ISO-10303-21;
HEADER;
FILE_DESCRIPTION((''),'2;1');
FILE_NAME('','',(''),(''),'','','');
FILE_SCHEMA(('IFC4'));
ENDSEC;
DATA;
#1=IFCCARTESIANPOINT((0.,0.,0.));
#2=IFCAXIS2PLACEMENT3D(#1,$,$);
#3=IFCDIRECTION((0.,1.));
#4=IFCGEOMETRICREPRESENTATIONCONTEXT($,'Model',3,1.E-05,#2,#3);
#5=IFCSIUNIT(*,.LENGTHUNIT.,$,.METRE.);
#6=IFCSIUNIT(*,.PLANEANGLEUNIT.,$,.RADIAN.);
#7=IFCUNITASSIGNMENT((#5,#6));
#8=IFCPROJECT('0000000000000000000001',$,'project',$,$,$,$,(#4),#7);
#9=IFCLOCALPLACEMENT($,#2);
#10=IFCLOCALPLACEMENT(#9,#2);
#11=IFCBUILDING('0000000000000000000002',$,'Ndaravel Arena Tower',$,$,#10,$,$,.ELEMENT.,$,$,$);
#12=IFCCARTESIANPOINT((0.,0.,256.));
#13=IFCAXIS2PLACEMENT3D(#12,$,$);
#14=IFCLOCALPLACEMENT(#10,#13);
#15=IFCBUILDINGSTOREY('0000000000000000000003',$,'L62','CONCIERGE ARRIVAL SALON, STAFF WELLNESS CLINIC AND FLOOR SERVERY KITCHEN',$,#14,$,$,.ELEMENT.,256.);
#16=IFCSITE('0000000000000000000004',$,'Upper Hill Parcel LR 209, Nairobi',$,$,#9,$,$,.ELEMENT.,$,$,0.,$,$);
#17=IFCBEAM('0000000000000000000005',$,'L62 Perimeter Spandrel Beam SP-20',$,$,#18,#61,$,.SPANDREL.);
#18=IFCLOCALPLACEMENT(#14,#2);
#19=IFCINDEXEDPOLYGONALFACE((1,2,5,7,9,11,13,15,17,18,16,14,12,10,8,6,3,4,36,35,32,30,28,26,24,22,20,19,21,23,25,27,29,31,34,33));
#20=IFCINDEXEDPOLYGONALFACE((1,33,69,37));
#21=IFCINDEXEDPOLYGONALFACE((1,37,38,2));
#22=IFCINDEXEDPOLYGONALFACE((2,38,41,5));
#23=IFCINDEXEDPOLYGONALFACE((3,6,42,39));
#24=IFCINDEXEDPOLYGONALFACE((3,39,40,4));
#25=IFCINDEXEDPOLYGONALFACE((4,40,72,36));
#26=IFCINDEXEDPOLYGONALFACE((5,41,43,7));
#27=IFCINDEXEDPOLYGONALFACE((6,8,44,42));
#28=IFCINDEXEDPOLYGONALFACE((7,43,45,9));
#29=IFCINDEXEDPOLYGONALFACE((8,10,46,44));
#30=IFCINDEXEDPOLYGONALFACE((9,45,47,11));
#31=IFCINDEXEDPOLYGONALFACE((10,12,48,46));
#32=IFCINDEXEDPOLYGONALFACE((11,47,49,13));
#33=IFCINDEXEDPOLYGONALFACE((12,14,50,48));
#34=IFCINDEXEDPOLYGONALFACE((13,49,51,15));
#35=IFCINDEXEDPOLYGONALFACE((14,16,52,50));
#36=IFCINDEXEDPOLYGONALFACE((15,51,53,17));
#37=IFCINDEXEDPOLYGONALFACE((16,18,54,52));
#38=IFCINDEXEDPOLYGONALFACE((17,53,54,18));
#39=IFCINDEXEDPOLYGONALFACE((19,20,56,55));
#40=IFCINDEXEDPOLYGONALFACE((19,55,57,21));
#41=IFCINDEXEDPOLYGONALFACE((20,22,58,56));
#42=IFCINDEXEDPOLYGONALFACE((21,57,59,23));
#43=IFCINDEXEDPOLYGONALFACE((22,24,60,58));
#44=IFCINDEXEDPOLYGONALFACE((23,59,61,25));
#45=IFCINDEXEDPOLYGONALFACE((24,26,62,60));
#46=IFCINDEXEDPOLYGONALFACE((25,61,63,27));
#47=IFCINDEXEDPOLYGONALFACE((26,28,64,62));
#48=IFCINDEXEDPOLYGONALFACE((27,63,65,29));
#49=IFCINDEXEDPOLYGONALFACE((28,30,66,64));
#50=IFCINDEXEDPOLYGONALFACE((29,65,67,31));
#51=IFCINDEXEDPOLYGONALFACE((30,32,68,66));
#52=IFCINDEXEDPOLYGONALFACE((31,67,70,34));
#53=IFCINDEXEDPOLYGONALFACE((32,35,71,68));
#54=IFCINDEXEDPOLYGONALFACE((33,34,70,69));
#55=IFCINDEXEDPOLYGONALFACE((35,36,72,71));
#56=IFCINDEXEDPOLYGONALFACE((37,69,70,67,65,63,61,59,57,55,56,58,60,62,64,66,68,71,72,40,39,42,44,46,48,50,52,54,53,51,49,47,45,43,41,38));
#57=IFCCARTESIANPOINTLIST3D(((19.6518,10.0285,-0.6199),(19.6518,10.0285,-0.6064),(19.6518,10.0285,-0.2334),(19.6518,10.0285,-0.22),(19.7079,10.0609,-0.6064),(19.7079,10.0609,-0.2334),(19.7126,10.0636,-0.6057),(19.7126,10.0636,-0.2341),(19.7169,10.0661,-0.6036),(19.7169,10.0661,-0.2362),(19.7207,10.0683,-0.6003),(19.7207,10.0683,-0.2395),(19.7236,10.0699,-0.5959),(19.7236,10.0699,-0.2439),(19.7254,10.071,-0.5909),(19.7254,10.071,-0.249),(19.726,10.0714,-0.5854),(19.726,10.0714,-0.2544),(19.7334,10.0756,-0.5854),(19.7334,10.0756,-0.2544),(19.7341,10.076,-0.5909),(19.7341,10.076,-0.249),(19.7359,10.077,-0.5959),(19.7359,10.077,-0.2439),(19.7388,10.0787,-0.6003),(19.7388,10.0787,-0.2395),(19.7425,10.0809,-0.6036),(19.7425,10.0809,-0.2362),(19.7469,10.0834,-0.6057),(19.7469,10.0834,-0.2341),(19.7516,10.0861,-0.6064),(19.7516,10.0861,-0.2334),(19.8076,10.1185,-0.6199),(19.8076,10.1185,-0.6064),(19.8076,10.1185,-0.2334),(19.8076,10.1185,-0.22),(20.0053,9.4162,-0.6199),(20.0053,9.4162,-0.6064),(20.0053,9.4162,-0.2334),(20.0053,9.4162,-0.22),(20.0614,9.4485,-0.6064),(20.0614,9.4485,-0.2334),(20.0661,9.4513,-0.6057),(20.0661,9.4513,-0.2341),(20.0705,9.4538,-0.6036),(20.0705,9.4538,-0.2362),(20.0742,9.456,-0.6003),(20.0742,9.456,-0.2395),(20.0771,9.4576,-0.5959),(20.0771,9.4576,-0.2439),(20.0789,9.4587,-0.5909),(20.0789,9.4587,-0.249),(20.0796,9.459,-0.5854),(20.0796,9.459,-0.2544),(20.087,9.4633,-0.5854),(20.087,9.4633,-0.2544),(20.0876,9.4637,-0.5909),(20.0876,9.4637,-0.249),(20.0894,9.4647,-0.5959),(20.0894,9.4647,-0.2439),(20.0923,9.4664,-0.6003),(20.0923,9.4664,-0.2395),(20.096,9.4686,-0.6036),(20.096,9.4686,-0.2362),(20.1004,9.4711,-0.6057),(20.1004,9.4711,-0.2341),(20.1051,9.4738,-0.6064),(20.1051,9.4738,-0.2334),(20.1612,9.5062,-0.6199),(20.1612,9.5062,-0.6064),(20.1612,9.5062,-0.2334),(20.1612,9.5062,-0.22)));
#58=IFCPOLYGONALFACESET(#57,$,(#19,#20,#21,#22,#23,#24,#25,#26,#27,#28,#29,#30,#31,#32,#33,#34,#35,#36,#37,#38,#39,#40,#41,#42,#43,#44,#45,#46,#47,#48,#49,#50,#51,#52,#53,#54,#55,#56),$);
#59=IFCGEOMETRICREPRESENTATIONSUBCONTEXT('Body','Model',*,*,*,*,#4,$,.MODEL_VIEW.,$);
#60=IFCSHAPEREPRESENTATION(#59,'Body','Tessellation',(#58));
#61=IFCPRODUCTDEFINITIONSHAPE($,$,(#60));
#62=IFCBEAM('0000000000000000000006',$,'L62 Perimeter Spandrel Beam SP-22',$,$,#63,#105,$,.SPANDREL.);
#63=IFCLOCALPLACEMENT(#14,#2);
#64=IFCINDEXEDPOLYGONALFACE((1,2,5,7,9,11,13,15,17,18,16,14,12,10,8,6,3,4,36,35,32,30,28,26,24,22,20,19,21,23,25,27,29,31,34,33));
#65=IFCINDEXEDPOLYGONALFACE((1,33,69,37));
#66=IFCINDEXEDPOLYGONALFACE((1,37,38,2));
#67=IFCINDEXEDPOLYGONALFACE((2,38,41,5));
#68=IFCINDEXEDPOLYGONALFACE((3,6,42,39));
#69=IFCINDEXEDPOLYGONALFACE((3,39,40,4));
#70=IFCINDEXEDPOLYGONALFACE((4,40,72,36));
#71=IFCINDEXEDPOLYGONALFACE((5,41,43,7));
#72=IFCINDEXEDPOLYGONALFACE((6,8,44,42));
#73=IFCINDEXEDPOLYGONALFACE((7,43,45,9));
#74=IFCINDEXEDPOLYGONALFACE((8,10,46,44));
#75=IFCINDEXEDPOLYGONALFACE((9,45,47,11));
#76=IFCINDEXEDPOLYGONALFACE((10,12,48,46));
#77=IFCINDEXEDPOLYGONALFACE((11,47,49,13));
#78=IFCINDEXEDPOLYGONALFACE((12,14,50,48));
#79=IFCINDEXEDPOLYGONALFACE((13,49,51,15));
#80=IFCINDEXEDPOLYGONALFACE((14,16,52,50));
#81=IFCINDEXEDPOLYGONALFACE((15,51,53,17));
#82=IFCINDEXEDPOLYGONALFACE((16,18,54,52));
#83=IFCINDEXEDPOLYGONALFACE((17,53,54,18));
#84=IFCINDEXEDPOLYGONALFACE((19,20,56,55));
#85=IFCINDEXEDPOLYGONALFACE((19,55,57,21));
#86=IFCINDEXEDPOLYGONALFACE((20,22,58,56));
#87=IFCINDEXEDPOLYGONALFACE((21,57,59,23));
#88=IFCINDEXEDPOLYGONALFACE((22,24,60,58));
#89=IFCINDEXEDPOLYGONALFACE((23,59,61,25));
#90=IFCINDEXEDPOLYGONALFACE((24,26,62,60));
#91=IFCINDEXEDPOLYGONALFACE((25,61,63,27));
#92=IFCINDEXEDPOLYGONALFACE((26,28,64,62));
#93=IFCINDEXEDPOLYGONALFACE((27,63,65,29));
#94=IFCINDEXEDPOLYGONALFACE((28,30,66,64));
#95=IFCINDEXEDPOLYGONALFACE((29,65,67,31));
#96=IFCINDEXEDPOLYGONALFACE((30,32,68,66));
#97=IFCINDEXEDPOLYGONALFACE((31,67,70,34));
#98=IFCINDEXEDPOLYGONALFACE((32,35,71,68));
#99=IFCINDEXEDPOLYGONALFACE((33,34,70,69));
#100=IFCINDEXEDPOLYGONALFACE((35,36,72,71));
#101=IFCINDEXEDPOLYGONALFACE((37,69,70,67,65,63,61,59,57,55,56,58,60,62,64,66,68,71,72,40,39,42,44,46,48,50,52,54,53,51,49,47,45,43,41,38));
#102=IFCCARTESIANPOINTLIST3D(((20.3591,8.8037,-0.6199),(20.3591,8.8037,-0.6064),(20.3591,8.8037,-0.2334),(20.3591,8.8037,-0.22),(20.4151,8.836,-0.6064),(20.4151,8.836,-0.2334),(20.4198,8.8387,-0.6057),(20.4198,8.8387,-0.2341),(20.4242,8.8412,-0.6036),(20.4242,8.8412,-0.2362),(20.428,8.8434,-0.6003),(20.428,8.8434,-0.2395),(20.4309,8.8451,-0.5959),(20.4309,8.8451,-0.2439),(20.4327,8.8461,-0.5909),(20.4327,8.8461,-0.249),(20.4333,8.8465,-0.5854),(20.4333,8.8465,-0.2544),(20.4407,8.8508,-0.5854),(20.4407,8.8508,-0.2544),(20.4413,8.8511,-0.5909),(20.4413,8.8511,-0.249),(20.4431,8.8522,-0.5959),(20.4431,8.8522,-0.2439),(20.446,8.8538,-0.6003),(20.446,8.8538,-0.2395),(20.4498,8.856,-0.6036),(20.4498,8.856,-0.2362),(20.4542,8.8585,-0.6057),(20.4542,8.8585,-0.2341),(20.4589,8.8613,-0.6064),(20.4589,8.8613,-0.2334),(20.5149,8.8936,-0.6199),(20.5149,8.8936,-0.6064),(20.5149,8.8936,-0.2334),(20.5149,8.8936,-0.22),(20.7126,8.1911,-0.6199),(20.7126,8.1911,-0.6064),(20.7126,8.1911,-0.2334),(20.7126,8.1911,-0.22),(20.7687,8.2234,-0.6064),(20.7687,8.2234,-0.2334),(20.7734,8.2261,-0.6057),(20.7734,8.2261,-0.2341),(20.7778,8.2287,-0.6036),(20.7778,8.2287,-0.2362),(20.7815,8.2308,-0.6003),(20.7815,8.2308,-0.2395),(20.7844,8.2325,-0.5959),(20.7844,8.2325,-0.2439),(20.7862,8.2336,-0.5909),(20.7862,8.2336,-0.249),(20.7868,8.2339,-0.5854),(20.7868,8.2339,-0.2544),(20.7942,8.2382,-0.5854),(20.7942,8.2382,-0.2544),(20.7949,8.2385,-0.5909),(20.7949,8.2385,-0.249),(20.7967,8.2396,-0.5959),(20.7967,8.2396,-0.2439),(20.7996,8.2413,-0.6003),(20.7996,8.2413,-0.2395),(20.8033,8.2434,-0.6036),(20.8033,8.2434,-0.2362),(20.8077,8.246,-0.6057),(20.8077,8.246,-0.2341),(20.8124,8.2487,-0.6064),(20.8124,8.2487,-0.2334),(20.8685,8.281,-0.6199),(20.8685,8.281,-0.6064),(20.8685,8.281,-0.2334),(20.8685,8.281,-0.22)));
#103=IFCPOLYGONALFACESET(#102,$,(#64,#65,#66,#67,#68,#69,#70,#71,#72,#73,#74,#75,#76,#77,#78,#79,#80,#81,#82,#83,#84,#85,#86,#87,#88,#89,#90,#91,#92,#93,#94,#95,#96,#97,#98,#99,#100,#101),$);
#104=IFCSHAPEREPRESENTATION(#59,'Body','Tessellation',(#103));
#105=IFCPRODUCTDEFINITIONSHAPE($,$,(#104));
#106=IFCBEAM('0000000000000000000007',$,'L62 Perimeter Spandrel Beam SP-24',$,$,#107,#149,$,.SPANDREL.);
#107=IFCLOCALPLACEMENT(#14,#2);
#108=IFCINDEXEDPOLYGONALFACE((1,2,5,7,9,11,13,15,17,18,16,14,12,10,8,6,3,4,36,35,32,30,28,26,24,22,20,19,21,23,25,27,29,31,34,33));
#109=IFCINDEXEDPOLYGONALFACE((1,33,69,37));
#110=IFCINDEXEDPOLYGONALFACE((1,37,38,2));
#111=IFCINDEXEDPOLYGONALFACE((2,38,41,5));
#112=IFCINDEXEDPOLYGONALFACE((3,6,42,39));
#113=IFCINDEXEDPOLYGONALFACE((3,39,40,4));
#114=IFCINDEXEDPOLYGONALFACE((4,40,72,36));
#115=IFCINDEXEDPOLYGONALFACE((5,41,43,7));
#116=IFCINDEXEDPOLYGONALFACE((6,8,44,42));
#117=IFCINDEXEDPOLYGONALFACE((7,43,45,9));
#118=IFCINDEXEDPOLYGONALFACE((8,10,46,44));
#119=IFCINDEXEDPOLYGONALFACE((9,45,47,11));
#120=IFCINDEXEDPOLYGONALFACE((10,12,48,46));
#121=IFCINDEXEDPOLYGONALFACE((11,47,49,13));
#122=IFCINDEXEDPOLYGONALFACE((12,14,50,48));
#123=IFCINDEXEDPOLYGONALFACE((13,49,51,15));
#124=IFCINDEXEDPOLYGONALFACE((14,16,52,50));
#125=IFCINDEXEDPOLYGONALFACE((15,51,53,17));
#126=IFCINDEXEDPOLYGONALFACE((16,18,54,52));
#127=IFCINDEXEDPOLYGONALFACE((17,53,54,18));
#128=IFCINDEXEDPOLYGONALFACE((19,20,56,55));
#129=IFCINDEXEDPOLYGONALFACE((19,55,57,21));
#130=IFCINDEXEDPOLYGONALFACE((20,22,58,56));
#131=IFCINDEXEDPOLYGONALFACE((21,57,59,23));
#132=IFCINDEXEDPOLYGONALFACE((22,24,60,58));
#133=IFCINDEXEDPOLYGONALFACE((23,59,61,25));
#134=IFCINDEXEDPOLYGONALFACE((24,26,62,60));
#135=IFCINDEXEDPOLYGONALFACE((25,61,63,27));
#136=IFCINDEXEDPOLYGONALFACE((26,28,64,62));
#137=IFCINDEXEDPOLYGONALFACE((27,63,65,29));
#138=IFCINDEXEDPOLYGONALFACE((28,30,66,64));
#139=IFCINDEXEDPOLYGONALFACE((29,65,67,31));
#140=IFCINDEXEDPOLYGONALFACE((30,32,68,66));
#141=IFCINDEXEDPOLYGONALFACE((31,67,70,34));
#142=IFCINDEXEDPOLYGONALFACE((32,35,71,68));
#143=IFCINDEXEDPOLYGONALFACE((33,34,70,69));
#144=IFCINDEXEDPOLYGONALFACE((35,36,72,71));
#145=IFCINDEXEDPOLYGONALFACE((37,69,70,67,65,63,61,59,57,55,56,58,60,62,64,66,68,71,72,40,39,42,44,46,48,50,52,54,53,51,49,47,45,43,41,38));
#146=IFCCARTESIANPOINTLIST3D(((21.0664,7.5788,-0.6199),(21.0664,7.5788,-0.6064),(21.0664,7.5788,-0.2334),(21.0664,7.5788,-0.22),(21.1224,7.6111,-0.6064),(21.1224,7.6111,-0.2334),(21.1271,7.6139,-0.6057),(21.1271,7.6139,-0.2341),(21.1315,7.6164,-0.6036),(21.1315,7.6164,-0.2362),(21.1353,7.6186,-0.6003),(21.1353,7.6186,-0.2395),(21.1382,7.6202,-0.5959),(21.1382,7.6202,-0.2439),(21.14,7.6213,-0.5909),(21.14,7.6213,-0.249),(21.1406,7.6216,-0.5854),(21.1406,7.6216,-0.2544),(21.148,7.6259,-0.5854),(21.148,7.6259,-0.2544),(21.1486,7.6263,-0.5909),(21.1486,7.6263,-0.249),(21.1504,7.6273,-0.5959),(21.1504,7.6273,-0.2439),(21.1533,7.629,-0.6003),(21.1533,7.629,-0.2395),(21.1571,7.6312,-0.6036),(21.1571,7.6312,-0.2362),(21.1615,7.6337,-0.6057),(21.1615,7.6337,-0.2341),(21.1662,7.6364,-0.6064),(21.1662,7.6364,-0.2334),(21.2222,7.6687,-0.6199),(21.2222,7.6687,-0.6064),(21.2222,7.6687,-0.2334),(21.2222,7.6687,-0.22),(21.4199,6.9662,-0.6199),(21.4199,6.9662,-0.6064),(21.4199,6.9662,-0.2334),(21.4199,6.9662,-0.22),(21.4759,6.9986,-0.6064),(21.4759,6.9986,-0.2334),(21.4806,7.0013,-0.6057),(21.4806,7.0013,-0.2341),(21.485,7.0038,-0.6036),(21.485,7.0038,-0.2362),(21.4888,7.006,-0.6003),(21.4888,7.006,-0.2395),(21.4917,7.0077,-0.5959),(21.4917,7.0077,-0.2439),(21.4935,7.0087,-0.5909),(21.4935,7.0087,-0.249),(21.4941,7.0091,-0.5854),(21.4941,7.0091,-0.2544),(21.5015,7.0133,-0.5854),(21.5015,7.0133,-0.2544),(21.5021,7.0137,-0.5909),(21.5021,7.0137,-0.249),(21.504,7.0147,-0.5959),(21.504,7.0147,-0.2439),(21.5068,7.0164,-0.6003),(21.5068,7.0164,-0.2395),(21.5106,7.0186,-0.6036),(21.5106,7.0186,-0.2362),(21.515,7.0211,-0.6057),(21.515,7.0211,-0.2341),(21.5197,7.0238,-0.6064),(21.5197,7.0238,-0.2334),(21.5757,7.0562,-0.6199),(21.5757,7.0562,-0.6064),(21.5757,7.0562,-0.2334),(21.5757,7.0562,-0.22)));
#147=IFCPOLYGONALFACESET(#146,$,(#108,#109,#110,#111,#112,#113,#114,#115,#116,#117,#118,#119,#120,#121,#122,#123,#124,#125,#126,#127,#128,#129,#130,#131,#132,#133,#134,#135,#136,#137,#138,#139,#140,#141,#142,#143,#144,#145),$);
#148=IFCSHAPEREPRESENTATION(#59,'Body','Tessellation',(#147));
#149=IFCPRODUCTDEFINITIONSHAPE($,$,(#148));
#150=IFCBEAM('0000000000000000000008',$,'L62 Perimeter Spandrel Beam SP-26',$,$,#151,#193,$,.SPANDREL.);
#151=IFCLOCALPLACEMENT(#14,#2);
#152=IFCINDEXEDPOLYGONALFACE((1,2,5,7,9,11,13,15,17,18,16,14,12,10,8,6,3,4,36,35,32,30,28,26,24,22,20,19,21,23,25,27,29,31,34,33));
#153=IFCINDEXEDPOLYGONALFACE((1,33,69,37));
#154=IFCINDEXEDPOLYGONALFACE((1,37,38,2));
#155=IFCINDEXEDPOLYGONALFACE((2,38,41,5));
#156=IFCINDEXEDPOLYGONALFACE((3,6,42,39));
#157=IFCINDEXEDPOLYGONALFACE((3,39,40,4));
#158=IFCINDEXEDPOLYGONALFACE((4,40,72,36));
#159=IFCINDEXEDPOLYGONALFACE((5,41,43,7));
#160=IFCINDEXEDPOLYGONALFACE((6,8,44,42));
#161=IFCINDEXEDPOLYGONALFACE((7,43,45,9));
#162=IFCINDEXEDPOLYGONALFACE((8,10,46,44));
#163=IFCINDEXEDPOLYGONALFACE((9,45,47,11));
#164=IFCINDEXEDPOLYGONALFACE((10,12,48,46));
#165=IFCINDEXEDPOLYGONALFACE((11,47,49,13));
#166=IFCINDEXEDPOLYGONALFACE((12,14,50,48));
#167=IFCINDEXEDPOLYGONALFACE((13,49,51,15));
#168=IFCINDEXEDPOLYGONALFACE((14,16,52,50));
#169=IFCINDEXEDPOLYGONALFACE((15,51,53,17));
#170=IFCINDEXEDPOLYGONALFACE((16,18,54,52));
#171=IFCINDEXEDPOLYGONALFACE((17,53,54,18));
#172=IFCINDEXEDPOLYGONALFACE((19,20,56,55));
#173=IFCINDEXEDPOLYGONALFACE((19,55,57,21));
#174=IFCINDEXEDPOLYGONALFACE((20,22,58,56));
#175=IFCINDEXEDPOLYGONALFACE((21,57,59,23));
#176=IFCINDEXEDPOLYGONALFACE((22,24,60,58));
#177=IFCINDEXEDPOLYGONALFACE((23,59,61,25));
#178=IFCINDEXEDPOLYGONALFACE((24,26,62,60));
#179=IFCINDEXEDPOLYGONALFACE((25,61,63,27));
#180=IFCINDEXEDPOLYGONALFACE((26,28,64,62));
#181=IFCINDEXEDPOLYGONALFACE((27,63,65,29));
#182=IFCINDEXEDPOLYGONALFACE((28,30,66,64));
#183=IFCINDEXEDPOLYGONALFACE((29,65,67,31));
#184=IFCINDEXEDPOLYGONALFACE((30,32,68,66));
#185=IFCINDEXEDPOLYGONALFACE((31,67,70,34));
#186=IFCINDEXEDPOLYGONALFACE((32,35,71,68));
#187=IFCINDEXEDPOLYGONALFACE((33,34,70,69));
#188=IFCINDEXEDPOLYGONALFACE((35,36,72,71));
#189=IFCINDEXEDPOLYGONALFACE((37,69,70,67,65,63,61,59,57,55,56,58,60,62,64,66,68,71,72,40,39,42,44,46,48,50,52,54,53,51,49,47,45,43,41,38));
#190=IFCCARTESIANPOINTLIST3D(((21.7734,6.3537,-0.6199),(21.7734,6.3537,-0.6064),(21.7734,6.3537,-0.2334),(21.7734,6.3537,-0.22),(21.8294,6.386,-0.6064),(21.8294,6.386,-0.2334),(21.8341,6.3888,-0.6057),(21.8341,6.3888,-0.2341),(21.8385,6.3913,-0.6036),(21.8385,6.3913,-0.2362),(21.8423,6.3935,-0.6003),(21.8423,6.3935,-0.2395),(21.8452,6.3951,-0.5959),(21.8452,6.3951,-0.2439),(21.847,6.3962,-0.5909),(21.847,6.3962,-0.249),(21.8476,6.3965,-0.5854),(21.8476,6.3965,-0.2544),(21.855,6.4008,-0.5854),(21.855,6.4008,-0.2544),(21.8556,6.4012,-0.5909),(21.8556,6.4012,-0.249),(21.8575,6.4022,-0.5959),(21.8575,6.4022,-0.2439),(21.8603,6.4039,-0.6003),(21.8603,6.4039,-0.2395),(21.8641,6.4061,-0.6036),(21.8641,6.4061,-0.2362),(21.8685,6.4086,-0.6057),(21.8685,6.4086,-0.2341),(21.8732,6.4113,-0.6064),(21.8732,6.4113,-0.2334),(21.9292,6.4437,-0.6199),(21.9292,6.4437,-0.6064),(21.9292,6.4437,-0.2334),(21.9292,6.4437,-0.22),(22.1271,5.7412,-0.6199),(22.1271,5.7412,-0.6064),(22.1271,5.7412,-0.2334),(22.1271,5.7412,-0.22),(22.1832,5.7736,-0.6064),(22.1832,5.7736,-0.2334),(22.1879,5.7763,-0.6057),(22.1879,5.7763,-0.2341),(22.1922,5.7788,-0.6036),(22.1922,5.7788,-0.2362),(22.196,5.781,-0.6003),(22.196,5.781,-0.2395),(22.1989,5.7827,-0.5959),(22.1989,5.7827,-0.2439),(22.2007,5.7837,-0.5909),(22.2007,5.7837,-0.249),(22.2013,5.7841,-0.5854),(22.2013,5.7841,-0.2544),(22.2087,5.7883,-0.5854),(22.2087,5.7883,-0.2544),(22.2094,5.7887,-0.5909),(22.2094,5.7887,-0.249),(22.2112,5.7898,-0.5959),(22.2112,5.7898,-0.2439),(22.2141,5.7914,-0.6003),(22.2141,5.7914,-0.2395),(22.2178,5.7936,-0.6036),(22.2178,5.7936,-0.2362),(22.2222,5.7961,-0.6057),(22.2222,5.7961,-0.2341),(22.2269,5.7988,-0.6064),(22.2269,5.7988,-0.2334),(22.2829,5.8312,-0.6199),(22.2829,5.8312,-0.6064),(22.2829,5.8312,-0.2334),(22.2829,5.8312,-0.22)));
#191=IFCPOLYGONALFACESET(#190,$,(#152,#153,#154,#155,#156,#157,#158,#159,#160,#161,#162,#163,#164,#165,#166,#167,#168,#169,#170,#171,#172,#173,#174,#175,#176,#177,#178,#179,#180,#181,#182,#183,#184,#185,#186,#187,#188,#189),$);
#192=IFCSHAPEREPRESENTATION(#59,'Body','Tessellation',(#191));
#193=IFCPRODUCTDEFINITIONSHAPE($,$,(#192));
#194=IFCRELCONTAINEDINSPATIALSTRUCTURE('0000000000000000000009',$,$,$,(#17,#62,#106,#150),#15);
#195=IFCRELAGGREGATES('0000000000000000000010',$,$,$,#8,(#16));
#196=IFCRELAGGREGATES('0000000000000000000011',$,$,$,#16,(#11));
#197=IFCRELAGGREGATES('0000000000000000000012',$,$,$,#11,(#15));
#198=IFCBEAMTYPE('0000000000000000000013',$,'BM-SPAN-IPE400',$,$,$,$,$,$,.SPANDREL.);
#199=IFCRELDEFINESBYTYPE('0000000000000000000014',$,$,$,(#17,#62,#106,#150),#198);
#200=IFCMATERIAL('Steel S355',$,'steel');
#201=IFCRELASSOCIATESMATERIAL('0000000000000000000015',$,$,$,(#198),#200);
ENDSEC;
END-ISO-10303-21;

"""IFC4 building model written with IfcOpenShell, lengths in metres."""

from ifc_helpers import new_model, si_unit, direction, frame, origin, origin_2d, place, context, subcontext, project, spatial, i_section, extrude, material, material_profile, profile_set, type_object, element, save


model = new_model("IFC4")

# Units and contexts
model_context = context("Model", 3, precision=1e-05, world=origin(), true_north=direction((0.0, 1.0)))
body_context = subcontext(model_context, "Body", "Model", "MODEL_VIEW")
ifc_project = project(units=[si_unit("LENGTHUNIT", "METRE"), si_unit("PLANEANGLEUNIT", "RADIAN")], contexts=[model_context])

# Site, building, storey
site_placement = place(None, origin())
site = spatial("IfcSite", under=ifc_project, at=site_placement, Name="Upper Hill Parcel LR 209, Nairobi", CompositionType="ELEMENT", RefElevation=0.0)
building_placement = place(site_placement, origin())
building = spatial("IfcBuilding", under=site, at=building_placement, Name="Ndaravel Arena Tower", CompositionType="ELEMENT")
storey_placement = place(building_placement, frame((0.0, 0.0, 256.0)))
storey = spatial("IfcBuildingStorey", under=building, at=storey_placement, Name="L62", Description="CONCIERGE ARRIVAL SALON, STAFF WELLNESS CLINIC AND FLOOR SERVERY KITCHEN", CompositionType="ELEMENT", Elevation=256.0)

# Beams
ifc_material_1 = material(Name="Steel S355", Category="steel")
ifc_material_profile_1 = material_profile(ifc_material_1, i_section(OverallWidth=0.1799, OverallDepth=0.3999, WebThickness=0.0085, FlangeThickness=0.0134, FilletRadius=0.021, at=origin_2d()), Name="IPE 400")
ifc_profile_set_1 = profile_set([ifc_material_profile_1], Name="Steel S355")
beam_type = type_object("IfcBeamType", Name="BM-SPAN-IPE400", PredefinedType="SPANDREL", material=ifc_profile_set_1)
beam_1_placement = place(storey_placement, frame((19.7297, 10.0735, -0.4199), z_axis=(0.500001, -0.866025, 0.0), x_axis=(0.866025, 0.500001, 0.0)))
element("IfcBeam", 1, at=beam_1_placement, inside=storey, type_object=beam_type, Name="L62 Perimeter Spandrel Beam SP-20", PredefinedType="SPANDREL", context=body_context, shape_type="SweptSolid", body=[
    extrude(i_section(OverallWidth=0.1799, OverallDepth=0.3999, WebThickness=0.0085, FlangeThickness=0.0134, FilletRadius=0.021, at=origin_2d()), origin(), (0.0, 0.0, 1.0), 0.707),
])
for number, where, z_axis, x_axis, name in (
    (2, (20.437, 8.8486, -0.4199), (0.499852, -0.866111, 0.0), (0.866111, 0.499852, 0.0), "L62 Perimeter Spandrel Beam SP-22"),
    (3, (21.1443, 7.6238, -0.4199), (0.499852, -0.866111, 0.0), (0.866111, 0.499852, 0.0), "L62 Perimeter Spandrel Beam SP-24"),
    (4, (21.8513, 6.3987, -0.4199), (0.500111, -0.865961, 0.0), (0.865961, 0.500111, 0.0), "L62 Perimeter Spandrel Beam SP-26"),
):
    element("IfcBeam", number, at=place(storey_placement, frame(where, z_axis=z_axis, x_axis=x_axis)), inside=storey, type_object=beam_type, Name=name, PredefinedType="SPANDREL", context=body_context, shape_type="SweptSolid", body=[
        extrude(i_section(OverallWidth=0.1799, OverallDepth=0.3999, WebThickness=0.0085, FlangeThickness=0.0134, FilletRadius=0.021, at=origin_2d()), origin(), (0.0, 0.0, 1.0), 0.7073),
    ])

save(model, "model.ifc")
